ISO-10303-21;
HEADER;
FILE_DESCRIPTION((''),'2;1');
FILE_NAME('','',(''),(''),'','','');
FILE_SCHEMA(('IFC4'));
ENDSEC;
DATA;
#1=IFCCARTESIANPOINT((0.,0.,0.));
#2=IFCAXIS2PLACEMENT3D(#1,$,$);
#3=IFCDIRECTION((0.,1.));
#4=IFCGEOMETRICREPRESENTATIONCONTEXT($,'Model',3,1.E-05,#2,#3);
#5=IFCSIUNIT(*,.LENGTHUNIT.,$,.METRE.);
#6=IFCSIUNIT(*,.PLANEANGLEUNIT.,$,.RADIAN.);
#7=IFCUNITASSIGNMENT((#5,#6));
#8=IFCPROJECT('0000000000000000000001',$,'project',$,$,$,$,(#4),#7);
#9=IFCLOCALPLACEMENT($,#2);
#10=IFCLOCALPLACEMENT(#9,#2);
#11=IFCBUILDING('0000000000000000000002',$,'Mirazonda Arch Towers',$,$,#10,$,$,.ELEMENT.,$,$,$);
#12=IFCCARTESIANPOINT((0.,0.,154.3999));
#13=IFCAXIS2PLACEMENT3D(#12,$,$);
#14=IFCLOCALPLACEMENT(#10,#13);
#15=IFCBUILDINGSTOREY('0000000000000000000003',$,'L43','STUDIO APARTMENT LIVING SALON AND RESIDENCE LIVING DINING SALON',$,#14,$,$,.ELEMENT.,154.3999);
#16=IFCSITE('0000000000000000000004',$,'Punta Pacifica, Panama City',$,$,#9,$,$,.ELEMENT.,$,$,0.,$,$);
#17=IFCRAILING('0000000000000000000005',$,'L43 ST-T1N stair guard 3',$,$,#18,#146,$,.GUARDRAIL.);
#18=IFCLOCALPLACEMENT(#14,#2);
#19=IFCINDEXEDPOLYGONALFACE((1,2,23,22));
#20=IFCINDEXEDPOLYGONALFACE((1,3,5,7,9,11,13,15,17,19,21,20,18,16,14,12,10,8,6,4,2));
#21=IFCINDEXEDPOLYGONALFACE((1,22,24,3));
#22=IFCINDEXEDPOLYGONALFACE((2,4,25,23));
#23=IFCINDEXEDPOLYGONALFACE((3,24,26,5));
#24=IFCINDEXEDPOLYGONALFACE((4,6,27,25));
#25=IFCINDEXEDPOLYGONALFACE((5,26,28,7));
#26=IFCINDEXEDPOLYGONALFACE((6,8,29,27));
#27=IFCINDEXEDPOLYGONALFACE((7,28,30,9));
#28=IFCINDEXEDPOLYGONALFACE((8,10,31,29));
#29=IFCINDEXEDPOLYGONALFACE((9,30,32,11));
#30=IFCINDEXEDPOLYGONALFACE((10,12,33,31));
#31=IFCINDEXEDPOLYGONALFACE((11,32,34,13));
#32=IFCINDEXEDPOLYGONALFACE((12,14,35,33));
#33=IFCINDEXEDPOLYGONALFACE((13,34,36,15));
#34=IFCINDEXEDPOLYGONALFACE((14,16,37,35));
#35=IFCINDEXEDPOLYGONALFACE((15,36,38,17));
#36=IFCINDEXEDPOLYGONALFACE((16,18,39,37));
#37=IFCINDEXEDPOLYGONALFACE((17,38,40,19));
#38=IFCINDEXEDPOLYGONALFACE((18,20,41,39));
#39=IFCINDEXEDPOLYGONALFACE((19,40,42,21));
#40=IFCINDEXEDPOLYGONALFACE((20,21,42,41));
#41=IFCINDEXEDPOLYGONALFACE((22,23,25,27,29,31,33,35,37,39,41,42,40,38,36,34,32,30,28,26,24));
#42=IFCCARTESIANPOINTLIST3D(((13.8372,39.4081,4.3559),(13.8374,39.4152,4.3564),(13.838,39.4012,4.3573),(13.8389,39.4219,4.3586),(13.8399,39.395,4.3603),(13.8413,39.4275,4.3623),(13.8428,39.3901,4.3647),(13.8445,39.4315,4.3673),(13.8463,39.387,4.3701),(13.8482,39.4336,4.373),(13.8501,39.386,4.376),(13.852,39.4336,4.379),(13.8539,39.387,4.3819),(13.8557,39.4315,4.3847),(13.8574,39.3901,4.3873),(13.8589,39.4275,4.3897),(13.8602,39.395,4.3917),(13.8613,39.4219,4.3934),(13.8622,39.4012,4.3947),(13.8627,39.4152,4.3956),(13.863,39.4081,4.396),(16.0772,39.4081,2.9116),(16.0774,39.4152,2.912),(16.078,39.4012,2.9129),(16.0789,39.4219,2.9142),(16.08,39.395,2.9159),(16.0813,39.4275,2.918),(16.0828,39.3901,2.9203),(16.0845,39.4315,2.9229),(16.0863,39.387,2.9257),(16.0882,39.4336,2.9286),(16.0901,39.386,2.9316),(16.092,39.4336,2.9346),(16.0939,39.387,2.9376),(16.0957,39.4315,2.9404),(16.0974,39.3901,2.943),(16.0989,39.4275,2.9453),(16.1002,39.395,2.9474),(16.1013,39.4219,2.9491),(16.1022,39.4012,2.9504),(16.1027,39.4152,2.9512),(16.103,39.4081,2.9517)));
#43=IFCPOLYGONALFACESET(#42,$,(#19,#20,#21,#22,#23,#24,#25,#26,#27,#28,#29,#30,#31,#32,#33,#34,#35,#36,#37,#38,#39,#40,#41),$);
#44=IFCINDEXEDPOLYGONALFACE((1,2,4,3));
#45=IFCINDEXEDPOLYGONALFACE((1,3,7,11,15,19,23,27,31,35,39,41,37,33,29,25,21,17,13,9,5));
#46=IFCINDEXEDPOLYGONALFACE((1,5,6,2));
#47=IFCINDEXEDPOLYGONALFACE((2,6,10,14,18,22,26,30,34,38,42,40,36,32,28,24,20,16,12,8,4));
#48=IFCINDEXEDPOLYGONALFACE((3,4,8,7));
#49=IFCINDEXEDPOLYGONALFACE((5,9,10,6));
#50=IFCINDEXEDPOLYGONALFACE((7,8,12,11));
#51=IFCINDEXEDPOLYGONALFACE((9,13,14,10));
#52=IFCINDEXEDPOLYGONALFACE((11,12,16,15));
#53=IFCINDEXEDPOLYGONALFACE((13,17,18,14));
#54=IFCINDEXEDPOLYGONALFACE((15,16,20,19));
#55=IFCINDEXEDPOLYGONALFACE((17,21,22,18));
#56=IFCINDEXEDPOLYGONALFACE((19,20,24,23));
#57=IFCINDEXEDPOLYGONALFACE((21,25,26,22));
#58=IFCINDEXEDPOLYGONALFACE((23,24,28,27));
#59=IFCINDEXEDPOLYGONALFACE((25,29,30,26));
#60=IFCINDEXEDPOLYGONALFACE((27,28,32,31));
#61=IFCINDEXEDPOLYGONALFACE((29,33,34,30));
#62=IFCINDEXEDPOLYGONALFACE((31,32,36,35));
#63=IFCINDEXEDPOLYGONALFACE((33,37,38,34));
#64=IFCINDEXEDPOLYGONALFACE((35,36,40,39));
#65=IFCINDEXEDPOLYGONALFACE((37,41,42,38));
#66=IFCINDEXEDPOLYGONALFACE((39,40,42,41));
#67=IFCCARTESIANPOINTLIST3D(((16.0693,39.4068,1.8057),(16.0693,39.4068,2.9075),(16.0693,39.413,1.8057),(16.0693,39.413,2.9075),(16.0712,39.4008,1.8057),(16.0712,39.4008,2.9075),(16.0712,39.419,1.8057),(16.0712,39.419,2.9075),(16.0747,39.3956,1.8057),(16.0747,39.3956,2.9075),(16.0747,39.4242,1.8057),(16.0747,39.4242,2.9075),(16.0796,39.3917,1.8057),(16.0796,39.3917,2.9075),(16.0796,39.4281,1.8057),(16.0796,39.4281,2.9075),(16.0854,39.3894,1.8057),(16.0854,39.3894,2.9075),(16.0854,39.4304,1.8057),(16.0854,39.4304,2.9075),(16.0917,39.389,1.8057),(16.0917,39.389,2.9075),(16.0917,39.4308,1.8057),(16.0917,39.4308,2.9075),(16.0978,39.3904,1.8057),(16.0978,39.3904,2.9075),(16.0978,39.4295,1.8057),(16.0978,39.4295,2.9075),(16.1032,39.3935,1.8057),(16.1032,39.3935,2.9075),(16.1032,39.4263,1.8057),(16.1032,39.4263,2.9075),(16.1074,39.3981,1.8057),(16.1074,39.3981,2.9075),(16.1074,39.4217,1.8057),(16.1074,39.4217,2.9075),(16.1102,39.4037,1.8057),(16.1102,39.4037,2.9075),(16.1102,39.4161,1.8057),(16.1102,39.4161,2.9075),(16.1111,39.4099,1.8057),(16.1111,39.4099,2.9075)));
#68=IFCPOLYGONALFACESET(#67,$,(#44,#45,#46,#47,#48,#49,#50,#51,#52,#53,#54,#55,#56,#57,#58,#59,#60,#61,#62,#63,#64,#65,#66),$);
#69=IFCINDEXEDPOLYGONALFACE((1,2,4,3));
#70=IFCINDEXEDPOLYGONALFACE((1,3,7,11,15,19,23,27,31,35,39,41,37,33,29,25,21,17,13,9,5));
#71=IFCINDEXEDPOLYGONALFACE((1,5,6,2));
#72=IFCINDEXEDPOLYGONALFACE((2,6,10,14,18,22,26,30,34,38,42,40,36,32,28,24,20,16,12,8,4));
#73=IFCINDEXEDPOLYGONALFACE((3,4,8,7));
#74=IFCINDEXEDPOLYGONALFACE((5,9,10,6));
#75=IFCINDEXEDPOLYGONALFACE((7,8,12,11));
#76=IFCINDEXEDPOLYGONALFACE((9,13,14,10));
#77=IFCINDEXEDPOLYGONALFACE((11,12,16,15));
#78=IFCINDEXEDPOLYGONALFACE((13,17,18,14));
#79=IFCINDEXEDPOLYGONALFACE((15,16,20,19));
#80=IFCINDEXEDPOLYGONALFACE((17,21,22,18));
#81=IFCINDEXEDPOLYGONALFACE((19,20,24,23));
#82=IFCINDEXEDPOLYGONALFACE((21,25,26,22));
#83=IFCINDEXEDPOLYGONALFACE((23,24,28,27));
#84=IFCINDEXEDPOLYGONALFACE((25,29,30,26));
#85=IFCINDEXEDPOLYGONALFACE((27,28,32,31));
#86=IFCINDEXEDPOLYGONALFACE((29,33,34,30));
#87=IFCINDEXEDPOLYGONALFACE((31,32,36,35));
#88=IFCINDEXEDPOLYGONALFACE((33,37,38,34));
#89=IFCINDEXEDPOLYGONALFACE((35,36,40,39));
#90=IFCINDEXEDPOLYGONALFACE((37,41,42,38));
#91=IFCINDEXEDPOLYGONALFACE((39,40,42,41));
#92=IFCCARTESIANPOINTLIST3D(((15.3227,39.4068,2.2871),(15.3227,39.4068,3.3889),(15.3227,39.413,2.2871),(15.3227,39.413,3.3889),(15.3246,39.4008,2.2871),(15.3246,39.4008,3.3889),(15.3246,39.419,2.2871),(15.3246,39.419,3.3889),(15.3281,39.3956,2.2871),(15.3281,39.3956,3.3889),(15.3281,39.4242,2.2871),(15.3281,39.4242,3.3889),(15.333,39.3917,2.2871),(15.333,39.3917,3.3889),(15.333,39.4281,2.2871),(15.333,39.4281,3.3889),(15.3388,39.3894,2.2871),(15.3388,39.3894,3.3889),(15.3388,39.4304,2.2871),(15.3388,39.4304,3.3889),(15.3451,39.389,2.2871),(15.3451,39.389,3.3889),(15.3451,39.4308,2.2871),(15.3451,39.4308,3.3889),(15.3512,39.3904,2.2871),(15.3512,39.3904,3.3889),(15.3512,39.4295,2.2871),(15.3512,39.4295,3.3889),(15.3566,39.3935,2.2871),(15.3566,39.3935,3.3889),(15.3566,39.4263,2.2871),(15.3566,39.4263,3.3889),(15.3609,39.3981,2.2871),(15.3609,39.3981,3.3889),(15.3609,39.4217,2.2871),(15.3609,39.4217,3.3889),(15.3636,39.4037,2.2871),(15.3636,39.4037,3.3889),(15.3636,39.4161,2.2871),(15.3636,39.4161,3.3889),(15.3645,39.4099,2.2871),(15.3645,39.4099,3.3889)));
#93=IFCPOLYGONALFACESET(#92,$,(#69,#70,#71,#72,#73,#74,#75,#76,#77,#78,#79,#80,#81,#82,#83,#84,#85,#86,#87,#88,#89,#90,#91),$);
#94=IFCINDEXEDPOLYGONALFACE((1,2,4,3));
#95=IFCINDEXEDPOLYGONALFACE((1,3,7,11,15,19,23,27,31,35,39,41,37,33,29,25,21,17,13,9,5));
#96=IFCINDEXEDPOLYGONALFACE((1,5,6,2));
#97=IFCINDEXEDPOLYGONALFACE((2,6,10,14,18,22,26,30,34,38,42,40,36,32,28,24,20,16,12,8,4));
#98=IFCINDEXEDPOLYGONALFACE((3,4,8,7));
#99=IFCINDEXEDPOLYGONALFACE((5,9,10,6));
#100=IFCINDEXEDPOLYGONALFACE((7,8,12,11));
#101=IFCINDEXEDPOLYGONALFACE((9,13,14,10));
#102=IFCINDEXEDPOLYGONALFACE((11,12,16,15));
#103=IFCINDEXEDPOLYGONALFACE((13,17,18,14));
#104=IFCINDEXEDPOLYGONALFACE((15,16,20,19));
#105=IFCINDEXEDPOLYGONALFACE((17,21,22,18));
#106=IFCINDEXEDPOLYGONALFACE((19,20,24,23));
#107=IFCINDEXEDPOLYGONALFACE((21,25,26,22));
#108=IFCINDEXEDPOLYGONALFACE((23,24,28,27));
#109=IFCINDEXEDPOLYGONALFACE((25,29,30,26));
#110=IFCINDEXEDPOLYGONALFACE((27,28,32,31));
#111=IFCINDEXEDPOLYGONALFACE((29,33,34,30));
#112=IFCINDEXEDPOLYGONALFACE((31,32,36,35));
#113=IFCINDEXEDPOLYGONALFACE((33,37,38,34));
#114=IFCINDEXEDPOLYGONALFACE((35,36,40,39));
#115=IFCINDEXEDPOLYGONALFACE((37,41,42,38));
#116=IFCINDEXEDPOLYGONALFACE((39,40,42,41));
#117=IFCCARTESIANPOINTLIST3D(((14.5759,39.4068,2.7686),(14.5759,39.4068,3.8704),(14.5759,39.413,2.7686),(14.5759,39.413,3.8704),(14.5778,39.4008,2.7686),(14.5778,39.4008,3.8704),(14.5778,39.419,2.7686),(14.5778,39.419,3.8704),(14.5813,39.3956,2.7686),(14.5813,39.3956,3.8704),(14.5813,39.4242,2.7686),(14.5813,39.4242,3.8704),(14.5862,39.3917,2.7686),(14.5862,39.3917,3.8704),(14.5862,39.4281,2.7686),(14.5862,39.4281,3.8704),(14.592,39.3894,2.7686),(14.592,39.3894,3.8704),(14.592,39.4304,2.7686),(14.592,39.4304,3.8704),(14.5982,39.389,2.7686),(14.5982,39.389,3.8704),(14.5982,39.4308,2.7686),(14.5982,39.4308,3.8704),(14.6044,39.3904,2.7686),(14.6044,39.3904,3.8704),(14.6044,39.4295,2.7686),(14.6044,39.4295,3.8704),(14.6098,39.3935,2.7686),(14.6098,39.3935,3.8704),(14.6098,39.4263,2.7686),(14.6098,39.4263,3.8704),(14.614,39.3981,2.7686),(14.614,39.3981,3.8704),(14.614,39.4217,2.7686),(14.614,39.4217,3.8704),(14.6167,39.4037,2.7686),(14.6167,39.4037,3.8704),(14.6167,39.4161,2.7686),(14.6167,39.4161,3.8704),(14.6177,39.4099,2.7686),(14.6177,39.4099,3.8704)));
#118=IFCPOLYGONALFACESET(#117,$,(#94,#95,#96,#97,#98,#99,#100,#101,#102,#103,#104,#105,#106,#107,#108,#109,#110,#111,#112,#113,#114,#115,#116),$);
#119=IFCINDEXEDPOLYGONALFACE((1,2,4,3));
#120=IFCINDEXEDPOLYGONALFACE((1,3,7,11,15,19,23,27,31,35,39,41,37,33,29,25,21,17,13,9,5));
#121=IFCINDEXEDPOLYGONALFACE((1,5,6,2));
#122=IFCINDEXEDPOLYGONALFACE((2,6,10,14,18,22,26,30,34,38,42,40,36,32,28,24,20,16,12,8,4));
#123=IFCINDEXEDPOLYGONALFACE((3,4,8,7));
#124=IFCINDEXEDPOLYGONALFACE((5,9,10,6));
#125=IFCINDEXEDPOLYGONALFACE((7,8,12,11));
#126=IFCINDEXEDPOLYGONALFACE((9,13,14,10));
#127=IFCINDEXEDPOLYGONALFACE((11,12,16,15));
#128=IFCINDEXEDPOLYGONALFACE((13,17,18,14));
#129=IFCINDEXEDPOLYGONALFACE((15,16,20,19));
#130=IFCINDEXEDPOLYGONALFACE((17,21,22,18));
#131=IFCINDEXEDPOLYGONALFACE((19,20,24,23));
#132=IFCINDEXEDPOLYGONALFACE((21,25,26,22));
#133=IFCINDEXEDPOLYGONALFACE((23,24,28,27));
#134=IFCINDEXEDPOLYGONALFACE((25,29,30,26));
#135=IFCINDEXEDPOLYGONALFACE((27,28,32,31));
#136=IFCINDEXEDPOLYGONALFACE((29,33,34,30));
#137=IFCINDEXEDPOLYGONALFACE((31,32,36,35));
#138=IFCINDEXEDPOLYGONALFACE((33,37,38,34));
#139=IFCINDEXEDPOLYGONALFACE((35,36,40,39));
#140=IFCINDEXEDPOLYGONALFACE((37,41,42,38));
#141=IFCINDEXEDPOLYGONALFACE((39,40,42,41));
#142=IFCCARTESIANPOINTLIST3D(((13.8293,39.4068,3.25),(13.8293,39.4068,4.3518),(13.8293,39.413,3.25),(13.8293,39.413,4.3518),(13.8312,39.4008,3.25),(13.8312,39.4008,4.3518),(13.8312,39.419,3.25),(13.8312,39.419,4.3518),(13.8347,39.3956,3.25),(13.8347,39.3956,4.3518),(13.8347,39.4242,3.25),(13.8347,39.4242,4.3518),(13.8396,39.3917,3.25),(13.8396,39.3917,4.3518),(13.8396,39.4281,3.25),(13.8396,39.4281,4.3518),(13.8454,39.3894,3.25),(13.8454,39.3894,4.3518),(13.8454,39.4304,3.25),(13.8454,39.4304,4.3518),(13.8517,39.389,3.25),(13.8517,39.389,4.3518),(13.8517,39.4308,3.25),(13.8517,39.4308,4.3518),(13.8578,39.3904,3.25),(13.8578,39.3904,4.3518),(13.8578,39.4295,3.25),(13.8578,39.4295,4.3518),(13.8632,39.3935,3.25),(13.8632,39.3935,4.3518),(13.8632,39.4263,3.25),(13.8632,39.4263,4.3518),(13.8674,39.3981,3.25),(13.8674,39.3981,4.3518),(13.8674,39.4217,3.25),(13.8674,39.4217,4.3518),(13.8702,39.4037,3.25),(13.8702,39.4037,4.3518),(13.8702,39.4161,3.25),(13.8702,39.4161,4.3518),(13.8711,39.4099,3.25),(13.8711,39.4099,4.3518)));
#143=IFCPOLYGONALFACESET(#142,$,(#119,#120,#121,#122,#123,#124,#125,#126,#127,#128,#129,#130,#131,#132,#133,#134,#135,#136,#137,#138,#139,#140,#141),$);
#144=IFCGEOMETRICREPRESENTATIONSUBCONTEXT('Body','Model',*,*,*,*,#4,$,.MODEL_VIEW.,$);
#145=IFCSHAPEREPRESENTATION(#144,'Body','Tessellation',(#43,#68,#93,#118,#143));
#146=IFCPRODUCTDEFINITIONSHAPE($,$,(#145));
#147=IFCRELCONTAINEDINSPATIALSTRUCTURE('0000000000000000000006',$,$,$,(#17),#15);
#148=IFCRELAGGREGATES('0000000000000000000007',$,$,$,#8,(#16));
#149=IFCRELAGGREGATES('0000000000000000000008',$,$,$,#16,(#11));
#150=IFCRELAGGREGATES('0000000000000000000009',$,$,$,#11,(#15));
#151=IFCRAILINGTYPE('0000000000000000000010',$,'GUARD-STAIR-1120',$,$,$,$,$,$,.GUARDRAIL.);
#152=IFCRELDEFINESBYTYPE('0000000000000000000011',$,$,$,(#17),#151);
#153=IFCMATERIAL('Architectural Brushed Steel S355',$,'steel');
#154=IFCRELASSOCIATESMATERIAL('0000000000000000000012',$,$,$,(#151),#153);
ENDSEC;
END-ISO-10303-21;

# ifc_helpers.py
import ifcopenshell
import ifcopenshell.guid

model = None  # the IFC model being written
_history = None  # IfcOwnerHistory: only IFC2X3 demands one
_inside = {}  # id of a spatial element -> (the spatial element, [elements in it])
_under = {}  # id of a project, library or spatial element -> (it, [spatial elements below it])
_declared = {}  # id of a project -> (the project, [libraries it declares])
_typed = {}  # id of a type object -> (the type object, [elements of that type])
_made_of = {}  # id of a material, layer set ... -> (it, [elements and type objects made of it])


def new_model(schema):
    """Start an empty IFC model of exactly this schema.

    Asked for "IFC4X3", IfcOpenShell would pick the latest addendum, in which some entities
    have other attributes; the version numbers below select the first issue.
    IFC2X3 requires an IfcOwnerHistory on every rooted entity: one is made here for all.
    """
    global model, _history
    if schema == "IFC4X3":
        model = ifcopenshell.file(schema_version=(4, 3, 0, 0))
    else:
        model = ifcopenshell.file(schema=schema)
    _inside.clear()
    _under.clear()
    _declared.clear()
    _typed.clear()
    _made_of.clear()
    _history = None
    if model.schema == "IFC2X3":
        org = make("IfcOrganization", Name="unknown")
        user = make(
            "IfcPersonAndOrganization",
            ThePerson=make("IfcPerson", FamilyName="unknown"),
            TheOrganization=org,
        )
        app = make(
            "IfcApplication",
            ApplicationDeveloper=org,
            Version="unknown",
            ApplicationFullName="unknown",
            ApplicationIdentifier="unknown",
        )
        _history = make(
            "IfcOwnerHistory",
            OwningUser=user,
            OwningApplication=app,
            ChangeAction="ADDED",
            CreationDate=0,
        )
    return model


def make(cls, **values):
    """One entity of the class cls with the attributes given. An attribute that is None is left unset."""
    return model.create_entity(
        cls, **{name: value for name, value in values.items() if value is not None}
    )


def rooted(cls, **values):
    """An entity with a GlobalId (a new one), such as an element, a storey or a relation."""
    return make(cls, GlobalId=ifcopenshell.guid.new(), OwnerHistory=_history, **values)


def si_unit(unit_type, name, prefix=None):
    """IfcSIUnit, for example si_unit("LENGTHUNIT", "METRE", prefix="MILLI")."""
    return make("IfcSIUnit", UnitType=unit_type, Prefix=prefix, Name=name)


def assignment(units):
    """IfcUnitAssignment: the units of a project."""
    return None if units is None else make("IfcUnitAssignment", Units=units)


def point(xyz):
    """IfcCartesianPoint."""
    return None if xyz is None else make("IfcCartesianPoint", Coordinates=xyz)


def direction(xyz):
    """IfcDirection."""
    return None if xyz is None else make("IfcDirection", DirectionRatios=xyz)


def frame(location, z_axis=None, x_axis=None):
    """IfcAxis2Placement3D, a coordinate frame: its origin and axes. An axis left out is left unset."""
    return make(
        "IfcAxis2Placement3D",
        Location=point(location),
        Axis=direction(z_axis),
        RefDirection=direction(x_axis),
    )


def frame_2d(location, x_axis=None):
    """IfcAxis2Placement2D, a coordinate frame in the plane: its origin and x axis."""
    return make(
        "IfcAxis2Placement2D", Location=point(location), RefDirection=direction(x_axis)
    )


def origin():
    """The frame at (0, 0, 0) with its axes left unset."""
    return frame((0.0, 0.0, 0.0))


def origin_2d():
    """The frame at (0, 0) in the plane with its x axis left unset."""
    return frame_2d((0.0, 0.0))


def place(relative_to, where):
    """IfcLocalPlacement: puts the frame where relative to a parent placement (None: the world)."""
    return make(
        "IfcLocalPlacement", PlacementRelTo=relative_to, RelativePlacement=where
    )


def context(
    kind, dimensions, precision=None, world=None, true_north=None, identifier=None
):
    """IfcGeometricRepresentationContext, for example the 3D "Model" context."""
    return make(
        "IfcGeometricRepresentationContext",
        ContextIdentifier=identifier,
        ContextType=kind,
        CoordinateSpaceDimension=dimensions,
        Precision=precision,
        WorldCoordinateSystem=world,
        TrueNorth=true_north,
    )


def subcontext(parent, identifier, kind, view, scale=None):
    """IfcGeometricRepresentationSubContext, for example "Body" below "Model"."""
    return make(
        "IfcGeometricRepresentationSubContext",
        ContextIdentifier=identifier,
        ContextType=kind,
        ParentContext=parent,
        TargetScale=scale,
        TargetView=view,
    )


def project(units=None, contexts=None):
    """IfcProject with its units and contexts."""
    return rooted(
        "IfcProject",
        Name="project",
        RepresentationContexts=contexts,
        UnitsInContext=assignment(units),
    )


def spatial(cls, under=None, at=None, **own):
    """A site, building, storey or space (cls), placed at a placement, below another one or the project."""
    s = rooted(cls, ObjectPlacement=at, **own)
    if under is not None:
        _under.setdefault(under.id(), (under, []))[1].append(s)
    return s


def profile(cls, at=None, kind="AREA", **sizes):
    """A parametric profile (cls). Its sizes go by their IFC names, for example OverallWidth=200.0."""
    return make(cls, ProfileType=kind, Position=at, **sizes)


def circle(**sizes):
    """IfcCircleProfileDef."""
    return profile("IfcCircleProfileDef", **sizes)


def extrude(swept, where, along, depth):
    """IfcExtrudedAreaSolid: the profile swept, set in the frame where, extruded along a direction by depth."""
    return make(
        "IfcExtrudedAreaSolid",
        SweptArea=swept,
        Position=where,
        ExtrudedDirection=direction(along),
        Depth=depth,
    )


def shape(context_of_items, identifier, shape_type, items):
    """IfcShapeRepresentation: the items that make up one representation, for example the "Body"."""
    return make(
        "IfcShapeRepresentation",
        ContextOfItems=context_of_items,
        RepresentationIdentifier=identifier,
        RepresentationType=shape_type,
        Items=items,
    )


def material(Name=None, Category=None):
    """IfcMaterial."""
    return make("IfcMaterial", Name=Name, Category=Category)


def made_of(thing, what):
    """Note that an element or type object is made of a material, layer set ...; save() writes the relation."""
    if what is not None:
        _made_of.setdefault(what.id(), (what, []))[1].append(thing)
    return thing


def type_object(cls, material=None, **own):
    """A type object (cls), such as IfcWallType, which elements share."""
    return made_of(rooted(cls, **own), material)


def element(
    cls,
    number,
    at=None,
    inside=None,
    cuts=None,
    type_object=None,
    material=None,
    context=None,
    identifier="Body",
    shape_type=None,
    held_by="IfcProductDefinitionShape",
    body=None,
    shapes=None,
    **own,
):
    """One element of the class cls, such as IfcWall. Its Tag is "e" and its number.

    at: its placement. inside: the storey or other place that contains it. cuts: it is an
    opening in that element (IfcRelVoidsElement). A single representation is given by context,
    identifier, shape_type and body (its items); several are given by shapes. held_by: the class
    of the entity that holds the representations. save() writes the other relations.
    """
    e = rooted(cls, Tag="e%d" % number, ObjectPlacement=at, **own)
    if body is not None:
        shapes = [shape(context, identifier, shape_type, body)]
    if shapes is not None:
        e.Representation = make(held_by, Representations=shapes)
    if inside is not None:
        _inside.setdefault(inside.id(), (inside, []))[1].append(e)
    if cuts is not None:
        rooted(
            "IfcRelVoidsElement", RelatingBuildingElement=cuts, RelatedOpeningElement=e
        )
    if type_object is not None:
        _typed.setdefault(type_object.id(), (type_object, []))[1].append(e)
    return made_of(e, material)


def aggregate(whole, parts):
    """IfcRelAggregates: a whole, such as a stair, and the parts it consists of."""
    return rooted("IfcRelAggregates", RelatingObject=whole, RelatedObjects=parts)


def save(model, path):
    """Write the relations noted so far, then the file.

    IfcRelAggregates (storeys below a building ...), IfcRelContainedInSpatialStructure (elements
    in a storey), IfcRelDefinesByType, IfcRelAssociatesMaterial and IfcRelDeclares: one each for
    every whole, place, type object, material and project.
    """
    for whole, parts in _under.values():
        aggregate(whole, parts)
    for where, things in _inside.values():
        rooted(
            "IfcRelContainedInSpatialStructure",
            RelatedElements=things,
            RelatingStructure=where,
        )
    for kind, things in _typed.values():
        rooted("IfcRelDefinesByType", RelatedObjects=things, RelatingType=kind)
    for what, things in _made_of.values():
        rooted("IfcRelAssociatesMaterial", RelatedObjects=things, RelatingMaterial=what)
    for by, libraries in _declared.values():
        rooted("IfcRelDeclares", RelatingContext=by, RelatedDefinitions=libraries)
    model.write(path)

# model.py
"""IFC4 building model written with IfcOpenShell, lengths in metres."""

from ifc_helpers import new_model, si_unit, direction, frame, origin, origin_2d, place, context, subcontext, project, spatial, circle, extrude, material, type_object, element, save


model = new_model("IFC4")

# Units and contexts
model_context = context("Model", 3, precision=1e-05, world=origin(), true_north=direction((0.0, 1.0)))
body_context = subcontext(model_context, "Body", "Model", "MODEL_VIEW")
ifc_project = project(units=[si_unit("LENGTHUNIT", "METRE"), si_unit("PLANEANGLEUNIT", "RADIAN")], contexts=[model_context])

# Site, building, storey
site_placement = place(None, origin())
site = spatial("IfcSite", under=ifc_project, at=site_placement, Name="Punta Pacifica, Panama City", CompositionType="ELEMENT", RefElevation=0.0)
building_placement = place(site_placement, origin())
building = spatial("IfcBuilding", under=site, at=building_placement, Name="Mirazonda Arch Towers", CompositionType="ELEMENT")
storey_placement = place(building_placement, frame((0.0, 0.0, 154.3999)))
storey = spatial("IfcBuildingStorey", under=building, at=storey_placement, Name="L43", Description="STUDIO APARTMENT LIVING SALON AND RESIDENCE LIVING DINING SALON", CompositionType="ELEMENT", Elevation=154.3999)

# Shared definitions
ifc_material_1 = material(Name="Architectural Brushed Steel S355", Category="steel")

# Railing
railing_type_1 = type_object("IfcRailingType", Name="GUARD-STAIR-1120", PredefinedType="GUARDRAIL", material=ifc_material_1)
railing_1_placement = place(storey_placement, frame((16.0901, 39.4099, 1.8057)))
element("IfcRailing", 1, at=railing_1_placement, inside=storey, type_object=railing_type_1, Name="L43 ST-T1N stair guard 3", PredefinedType="GUARDRAIL", context=body_context, shape_type="SweptSolid", body=[
    extrude(circle(Radius=0.0239, at=origin_2d()), frame((0.0, 0.0, 1.126), z_axis=(-0.840437, 0.0, 0.54191), x_axis=(0.0, -1.0, 0.0)), (0.0, 0.0, 1.0), 2.6653),
    extrude(circle(Radius=0.021, at=origin_2d()), origin(), (0.0, 0.0, 1.0), 1.1018),
    extrude(circle(Radius=0.021, at=origin_2d()), frame((-0.7466, 0.0, 0.4814)), (0.0, 0.0, 1.0), 1.1018),
    extrude(circle(Radius=0.021, at=origin_2d()), frame((-1.4934, 0.0, 0.9629)), (0.0, 0.0, 1.0), 1.1018),
    extrude(circle(Radius=0.021, at=origin_2d()), frame((-2.24, 0.0, 1.4443)), (0.0, 0.0, 1.0), 1.1018),
])

save(model, "model.ifc")
